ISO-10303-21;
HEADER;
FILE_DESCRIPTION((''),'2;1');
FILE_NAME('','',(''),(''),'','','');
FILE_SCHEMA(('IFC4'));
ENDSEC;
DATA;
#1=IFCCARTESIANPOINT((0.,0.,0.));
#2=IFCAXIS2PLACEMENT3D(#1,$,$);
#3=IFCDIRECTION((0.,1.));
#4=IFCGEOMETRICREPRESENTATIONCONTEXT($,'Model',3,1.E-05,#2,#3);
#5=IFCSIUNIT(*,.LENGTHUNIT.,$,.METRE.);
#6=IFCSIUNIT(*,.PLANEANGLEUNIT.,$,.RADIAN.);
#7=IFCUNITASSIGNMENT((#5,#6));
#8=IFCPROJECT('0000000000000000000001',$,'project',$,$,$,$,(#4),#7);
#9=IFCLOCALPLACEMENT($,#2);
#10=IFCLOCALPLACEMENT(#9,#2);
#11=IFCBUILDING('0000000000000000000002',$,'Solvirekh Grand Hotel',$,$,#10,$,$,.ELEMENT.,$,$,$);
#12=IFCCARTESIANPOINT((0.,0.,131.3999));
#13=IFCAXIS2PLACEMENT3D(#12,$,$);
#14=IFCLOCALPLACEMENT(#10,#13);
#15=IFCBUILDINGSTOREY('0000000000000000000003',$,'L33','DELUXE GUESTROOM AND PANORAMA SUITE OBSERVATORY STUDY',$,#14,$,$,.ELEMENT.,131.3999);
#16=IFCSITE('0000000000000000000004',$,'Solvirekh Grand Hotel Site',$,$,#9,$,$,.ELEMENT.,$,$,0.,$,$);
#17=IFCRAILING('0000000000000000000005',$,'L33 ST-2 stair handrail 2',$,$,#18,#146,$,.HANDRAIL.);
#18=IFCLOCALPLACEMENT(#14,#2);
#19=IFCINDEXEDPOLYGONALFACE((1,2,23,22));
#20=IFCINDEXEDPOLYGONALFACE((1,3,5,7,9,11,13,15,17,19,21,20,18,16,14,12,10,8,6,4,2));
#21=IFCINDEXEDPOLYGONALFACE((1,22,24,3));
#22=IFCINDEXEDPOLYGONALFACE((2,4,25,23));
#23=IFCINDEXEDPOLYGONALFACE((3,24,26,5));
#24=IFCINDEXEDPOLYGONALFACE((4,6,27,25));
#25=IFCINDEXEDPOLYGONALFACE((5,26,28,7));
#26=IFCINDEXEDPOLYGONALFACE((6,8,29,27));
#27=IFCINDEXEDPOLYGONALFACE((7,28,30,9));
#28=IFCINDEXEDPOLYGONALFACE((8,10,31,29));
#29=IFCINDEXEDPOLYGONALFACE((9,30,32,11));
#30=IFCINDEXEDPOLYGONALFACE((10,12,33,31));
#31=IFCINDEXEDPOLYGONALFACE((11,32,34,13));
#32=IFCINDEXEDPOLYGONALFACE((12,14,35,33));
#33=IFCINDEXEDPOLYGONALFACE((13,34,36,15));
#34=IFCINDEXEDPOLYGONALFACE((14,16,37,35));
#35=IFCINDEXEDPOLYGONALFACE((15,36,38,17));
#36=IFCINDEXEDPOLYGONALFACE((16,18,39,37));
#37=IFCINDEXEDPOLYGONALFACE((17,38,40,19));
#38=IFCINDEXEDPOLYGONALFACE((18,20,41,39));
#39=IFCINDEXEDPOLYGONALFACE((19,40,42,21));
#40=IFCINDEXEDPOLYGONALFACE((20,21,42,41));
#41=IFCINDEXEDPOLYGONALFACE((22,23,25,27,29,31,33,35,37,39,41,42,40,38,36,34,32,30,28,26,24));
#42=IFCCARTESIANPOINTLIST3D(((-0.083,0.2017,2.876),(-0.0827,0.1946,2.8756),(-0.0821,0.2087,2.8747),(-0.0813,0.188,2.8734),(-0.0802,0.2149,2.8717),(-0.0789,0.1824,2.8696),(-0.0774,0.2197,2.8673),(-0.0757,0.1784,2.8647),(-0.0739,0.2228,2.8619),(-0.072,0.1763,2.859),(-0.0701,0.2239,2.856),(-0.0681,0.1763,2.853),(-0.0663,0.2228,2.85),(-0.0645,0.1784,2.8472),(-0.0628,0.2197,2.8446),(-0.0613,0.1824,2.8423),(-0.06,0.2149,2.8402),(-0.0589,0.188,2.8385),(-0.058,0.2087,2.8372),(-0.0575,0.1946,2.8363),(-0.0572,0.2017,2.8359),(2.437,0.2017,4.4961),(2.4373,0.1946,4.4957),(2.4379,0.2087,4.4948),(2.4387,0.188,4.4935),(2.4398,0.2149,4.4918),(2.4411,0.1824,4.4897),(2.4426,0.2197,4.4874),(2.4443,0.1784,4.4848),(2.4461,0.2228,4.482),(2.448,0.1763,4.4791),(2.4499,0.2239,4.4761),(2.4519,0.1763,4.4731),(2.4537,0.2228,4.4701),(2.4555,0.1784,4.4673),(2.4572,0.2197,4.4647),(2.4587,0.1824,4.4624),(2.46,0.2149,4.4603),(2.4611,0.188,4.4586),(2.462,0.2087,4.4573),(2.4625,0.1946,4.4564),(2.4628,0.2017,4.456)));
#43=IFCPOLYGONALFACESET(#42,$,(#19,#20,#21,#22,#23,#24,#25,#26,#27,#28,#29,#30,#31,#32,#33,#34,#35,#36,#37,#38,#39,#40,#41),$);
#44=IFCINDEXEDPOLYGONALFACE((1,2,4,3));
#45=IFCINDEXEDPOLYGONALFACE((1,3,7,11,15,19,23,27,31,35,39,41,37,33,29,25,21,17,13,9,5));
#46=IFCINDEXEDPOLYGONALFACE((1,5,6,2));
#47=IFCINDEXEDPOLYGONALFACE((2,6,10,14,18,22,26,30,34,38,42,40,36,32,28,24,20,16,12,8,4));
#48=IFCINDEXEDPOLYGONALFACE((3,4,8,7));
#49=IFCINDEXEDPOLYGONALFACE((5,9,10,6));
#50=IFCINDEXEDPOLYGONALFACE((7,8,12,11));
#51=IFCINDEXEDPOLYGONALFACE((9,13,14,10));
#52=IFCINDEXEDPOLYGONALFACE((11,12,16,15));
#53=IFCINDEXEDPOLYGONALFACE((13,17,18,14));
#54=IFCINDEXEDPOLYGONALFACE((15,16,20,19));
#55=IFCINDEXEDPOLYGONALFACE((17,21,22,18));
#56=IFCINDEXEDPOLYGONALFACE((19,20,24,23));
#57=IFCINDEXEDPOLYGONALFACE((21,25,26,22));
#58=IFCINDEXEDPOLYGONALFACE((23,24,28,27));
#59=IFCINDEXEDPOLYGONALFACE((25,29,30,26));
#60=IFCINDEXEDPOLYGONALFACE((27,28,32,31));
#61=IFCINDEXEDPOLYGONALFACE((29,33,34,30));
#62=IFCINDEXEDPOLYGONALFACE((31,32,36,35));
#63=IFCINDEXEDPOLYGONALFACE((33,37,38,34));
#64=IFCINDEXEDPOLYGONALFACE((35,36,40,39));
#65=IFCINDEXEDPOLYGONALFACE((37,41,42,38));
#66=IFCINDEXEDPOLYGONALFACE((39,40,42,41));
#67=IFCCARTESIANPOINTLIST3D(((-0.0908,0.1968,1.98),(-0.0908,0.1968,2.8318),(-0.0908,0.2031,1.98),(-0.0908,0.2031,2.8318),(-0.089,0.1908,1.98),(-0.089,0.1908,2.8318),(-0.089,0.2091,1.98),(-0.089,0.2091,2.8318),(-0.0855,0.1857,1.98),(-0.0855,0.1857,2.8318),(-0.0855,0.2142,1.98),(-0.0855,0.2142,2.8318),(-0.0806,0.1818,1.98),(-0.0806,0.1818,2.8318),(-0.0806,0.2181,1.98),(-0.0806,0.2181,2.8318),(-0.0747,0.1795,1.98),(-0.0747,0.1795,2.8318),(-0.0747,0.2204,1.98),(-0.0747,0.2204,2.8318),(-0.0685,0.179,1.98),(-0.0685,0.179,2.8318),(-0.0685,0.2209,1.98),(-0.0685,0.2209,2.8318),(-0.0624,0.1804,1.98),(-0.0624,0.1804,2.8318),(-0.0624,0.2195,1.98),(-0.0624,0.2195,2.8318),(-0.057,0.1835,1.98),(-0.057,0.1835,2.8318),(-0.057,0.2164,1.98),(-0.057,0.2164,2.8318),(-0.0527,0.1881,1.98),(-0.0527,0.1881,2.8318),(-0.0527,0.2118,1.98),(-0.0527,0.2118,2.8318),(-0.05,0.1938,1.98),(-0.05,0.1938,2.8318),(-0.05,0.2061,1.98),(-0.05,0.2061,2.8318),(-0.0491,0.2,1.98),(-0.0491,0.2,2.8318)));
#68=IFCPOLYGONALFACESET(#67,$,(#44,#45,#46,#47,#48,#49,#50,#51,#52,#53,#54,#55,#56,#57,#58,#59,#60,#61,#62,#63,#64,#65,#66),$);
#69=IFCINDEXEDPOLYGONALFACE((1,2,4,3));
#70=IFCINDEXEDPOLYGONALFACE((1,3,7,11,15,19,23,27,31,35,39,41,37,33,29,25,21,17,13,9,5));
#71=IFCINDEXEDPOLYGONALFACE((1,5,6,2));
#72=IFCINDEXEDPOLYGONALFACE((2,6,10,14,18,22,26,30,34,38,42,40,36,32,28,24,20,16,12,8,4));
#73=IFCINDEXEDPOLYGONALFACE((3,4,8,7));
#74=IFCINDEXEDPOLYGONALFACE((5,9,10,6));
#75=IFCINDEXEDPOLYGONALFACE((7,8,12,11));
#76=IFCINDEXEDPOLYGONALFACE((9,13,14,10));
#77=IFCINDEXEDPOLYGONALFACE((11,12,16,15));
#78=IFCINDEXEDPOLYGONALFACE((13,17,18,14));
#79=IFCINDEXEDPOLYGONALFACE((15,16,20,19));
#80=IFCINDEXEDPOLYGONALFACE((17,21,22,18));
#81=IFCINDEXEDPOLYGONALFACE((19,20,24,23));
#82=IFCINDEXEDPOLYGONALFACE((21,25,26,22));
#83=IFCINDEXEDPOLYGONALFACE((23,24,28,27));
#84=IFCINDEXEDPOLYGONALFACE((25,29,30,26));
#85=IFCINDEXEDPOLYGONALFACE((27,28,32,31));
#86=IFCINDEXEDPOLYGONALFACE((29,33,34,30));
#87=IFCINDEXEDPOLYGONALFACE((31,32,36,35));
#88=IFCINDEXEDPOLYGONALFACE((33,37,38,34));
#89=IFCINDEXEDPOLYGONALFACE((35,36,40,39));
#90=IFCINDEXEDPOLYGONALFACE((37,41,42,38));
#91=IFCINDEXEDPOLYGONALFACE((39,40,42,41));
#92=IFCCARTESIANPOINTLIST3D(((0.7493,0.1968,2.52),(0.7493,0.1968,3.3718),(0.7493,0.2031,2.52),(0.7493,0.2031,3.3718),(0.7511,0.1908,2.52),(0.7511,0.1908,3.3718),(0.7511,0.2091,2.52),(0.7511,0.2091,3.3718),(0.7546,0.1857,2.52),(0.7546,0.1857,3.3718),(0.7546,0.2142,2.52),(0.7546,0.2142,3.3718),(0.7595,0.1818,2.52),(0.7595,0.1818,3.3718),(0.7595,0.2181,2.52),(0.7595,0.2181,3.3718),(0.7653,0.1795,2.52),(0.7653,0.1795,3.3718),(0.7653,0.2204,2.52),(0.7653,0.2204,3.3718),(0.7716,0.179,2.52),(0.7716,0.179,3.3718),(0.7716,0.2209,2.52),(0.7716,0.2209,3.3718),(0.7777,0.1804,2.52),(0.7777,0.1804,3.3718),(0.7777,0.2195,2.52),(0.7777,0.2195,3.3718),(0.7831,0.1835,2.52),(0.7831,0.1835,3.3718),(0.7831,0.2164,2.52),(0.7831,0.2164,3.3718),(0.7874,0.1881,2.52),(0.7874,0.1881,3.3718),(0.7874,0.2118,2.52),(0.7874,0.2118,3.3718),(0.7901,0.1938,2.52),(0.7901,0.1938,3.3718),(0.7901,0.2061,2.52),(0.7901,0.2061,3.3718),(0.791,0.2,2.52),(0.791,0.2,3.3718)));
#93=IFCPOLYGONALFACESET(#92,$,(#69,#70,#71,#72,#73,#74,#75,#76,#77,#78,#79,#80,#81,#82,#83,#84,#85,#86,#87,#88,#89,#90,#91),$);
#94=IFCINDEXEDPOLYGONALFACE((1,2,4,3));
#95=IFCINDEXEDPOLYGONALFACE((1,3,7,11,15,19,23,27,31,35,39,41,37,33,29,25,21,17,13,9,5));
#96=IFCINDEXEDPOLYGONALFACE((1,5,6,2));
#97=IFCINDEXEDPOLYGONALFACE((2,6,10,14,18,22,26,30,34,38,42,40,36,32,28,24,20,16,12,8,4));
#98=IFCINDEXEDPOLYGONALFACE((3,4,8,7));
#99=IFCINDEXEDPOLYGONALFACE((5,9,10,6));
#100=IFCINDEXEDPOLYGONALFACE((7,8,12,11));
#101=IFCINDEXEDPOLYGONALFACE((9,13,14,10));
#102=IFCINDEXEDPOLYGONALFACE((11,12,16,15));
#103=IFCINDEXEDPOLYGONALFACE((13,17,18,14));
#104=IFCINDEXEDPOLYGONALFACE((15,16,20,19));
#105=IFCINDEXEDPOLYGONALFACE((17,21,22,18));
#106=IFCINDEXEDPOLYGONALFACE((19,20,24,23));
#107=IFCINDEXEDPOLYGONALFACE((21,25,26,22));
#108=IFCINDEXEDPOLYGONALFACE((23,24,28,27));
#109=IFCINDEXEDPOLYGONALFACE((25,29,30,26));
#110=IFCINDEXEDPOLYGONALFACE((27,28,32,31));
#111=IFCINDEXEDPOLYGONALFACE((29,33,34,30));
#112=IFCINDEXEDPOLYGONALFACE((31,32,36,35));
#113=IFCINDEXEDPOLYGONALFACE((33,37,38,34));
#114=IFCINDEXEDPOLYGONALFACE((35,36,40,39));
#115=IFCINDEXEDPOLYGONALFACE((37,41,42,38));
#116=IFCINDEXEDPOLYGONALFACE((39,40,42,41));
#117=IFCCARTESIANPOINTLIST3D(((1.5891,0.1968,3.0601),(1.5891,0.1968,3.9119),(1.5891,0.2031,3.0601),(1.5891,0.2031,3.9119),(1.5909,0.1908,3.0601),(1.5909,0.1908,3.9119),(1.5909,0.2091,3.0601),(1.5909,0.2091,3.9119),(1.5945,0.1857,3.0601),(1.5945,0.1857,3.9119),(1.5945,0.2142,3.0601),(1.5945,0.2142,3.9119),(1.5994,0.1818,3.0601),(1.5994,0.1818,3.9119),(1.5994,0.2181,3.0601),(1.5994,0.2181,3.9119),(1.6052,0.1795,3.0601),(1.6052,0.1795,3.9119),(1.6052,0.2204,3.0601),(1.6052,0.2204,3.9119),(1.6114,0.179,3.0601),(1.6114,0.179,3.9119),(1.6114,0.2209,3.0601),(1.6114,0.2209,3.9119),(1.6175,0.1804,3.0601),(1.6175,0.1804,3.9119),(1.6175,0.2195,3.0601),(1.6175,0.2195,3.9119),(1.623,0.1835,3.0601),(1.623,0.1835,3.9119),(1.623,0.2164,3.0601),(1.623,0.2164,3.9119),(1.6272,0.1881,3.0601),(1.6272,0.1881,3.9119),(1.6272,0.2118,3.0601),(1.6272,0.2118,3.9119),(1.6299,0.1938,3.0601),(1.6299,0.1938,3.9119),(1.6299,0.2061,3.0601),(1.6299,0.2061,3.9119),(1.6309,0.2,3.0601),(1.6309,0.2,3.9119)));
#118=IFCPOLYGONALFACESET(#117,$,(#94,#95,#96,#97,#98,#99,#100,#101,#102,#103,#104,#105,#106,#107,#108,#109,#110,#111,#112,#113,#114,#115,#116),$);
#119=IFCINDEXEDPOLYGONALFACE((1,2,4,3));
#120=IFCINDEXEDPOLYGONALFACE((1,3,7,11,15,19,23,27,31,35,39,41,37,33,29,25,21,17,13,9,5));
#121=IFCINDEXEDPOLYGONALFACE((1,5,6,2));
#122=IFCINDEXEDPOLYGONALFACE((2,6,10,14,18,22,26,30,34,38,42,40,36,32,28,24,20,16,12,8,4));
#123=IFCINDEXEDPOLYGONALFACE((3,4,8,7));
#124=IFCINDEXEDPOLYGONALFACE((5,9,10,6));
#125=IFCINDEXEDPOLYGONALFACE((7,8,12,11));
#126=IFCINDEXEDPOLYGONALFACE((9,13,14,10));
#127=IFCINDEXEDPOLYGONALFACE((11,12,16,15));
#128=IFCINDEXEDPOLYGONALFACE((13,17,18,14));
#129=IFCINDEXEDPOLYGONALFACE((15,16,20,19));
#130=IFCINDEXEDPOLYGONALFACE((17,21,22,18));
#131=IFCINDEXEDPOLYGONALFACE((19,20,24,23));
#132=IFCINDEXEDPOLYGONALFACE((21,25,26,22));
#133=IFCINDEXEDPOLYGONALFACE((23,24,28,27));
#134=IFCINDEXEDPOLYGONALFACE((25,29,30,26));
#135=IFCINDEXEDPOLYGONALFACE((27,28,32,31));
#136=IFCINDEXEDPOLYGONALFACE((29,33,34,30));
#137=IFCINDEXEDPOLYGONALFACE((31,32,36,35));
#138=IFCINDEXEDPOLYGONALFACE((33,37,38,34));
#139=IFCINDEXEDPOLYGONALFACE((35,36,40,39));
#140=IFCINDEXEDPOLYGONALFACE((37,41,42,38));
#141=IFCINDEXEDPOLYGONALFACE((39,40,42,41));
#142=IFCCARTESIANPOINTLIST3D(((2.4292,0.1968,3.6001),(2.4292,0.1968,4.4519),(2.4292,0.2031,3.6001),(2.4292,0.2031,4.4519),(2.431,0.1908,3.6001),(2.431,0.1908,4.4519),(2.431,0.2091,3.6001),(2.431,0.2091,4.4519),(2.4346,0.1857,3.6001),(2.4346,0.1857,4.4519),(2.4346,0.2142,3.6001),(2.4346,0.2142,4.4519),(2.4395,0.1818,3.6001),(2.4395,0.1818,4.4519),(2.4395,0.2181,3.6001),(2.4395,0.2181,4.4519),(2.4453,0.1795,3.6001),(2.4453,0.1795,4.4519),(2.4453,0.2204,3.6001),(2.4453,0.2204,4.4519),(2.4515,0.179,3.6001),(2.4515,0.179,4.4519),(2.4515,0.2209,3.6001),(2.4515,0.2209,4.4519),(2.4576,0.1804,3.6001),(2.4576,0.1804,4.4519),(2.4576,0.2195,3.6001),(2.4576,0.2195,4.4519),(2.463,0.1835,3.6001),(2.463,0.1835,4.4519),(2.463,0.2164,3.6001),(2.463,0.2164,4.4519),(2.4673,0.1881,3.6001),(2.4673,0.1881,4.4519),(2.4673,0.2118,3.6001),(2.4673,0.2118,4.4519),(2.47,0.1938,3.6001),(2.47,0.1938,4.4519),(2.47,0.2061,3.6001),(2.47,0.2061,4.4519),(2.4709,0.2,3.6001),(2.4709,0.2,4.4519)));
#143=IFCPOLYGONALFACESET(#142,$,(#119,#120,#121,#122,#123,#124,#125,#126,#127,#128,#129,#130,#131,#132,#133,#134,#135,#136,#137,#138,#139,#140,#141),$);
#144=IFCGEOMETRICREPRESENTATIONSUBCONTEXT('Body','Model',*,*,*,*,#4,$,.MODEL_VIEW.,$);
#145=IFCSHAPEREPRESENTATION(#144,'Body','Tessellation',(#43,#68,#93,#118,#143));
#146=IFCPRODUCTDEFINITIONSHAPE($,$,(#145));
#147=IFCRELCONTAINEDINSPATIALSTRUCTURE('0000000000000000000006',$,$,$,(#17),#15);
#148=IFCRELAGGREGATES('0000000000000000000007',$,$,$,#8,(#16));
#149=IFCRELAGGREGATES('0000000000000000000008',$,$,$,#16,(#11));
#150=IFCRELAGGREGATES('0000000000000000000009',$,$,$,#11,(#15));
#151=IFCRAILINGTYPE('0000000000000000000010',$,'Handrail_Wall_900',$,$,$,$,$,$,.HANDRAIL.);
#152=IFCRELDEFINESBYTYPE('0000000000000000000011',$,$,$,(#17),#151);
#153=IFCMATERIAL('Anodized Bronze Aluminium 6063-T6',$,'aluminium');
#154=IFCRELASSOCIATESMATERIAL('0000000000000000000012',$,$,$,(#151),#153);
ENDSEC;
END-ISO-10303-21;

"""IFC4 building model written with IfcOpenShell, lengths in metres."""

from ifc_helpers import new_model, si_unit, direction, frame, origin, origin_2d, place, context, subcontext, project, spatial, circle, extrude, material, type_object, element, save


model = new_model("IFC4")

# Units and contexts
model_context = context("Model", 3, precision=1e-05, world=origin(), true_north=direction((0.0, 1.0)))
body_context = subcontext(model_context, "Body", "Model", "MODEL_VIEW")
ifc_project = project(units=[si_unit("LENGTHUNIT", "METRE"), si_unit("PLANEANGLEUNIT", "RADIAN")], contexts=[model_context])

# Site, building, storey
site_placement = place(None, origin())
site = spatial("IfcSite", under=ifc_project, at=site_placement, Name="Solvirekh Grand Hotel Site", CompositionType="ELEMENT", RefElevation=0.0)
building_placement = place(site_placement, origin())
building = spatial("IfcBuilding", under=site, at=building_placement, Name="Solvirekh Grand Hotel", CompositionType="ELEMENT")
storey_placement = place(building_placement, frame((0.0, 0.0, 131.3999)))
storey = spatial("IfcBuildingStorey", under=building, at=storey_placement, Name="L33", Description="DELUXE GUESTROOM AND PANORAMA SUITE OBSERVATORY STUDY", CompositionType="ELEMENT", Elevation=131.3999)

# Railing
ifc_material_1 = material(Name="Anodized Bronze Aluminium 6063-T6", Category="aluminium")
railing_type_1 = type_object("IfcRailingType", Name="Handrail_Wall_900", PredefinedType="HANDRAIL", material=ifc_material_1)
railing_1_placement = place(storey_placement, frame((-0.0701, 0.2, 1.98)))
element("IfcRailing", 1, at=railing_1_placement, inside=storey, type_object=railing_type_1, Name="L33 ST-2 stair handrail 2", PredefinedType="HANDRAIL", context=body_context, shape_type="SweptSolid", body=[
    extrude(circle(Radius=0.0239, at=origin_2d()), frame((0.0, 0.0, 0.876), z_axis=(0.841163, 0.0, 0.540782), x_axis=(0.0, 1.0, 0.0)), (0.0, 0.0, 1.0), 2.9958),
    extrude(circle(Radius=0.021, at=origin_2d()), origin(), (0.0, 0.0, 1.0), 0.8518),
    extrude(circle(Radius=0.021, at=origin_2d()), frame((0.8401, 0.0, 0.54)), (0.0, 0.0, 1.0), 0.8518),
    extrude(circle(Radius=0.021, at=origin_2d()), frame((1.6799, 0.0, 1.0801)), (0.0, 0.0, 1.0), 0.8518),
    extrude(circle(Radius=0.021, at=origin_2d()), frame((2.52, 0.0, 1.6201)), (0.0, 0.0, 1.0), 0.8518),
])

save(model, "model.ifc")
